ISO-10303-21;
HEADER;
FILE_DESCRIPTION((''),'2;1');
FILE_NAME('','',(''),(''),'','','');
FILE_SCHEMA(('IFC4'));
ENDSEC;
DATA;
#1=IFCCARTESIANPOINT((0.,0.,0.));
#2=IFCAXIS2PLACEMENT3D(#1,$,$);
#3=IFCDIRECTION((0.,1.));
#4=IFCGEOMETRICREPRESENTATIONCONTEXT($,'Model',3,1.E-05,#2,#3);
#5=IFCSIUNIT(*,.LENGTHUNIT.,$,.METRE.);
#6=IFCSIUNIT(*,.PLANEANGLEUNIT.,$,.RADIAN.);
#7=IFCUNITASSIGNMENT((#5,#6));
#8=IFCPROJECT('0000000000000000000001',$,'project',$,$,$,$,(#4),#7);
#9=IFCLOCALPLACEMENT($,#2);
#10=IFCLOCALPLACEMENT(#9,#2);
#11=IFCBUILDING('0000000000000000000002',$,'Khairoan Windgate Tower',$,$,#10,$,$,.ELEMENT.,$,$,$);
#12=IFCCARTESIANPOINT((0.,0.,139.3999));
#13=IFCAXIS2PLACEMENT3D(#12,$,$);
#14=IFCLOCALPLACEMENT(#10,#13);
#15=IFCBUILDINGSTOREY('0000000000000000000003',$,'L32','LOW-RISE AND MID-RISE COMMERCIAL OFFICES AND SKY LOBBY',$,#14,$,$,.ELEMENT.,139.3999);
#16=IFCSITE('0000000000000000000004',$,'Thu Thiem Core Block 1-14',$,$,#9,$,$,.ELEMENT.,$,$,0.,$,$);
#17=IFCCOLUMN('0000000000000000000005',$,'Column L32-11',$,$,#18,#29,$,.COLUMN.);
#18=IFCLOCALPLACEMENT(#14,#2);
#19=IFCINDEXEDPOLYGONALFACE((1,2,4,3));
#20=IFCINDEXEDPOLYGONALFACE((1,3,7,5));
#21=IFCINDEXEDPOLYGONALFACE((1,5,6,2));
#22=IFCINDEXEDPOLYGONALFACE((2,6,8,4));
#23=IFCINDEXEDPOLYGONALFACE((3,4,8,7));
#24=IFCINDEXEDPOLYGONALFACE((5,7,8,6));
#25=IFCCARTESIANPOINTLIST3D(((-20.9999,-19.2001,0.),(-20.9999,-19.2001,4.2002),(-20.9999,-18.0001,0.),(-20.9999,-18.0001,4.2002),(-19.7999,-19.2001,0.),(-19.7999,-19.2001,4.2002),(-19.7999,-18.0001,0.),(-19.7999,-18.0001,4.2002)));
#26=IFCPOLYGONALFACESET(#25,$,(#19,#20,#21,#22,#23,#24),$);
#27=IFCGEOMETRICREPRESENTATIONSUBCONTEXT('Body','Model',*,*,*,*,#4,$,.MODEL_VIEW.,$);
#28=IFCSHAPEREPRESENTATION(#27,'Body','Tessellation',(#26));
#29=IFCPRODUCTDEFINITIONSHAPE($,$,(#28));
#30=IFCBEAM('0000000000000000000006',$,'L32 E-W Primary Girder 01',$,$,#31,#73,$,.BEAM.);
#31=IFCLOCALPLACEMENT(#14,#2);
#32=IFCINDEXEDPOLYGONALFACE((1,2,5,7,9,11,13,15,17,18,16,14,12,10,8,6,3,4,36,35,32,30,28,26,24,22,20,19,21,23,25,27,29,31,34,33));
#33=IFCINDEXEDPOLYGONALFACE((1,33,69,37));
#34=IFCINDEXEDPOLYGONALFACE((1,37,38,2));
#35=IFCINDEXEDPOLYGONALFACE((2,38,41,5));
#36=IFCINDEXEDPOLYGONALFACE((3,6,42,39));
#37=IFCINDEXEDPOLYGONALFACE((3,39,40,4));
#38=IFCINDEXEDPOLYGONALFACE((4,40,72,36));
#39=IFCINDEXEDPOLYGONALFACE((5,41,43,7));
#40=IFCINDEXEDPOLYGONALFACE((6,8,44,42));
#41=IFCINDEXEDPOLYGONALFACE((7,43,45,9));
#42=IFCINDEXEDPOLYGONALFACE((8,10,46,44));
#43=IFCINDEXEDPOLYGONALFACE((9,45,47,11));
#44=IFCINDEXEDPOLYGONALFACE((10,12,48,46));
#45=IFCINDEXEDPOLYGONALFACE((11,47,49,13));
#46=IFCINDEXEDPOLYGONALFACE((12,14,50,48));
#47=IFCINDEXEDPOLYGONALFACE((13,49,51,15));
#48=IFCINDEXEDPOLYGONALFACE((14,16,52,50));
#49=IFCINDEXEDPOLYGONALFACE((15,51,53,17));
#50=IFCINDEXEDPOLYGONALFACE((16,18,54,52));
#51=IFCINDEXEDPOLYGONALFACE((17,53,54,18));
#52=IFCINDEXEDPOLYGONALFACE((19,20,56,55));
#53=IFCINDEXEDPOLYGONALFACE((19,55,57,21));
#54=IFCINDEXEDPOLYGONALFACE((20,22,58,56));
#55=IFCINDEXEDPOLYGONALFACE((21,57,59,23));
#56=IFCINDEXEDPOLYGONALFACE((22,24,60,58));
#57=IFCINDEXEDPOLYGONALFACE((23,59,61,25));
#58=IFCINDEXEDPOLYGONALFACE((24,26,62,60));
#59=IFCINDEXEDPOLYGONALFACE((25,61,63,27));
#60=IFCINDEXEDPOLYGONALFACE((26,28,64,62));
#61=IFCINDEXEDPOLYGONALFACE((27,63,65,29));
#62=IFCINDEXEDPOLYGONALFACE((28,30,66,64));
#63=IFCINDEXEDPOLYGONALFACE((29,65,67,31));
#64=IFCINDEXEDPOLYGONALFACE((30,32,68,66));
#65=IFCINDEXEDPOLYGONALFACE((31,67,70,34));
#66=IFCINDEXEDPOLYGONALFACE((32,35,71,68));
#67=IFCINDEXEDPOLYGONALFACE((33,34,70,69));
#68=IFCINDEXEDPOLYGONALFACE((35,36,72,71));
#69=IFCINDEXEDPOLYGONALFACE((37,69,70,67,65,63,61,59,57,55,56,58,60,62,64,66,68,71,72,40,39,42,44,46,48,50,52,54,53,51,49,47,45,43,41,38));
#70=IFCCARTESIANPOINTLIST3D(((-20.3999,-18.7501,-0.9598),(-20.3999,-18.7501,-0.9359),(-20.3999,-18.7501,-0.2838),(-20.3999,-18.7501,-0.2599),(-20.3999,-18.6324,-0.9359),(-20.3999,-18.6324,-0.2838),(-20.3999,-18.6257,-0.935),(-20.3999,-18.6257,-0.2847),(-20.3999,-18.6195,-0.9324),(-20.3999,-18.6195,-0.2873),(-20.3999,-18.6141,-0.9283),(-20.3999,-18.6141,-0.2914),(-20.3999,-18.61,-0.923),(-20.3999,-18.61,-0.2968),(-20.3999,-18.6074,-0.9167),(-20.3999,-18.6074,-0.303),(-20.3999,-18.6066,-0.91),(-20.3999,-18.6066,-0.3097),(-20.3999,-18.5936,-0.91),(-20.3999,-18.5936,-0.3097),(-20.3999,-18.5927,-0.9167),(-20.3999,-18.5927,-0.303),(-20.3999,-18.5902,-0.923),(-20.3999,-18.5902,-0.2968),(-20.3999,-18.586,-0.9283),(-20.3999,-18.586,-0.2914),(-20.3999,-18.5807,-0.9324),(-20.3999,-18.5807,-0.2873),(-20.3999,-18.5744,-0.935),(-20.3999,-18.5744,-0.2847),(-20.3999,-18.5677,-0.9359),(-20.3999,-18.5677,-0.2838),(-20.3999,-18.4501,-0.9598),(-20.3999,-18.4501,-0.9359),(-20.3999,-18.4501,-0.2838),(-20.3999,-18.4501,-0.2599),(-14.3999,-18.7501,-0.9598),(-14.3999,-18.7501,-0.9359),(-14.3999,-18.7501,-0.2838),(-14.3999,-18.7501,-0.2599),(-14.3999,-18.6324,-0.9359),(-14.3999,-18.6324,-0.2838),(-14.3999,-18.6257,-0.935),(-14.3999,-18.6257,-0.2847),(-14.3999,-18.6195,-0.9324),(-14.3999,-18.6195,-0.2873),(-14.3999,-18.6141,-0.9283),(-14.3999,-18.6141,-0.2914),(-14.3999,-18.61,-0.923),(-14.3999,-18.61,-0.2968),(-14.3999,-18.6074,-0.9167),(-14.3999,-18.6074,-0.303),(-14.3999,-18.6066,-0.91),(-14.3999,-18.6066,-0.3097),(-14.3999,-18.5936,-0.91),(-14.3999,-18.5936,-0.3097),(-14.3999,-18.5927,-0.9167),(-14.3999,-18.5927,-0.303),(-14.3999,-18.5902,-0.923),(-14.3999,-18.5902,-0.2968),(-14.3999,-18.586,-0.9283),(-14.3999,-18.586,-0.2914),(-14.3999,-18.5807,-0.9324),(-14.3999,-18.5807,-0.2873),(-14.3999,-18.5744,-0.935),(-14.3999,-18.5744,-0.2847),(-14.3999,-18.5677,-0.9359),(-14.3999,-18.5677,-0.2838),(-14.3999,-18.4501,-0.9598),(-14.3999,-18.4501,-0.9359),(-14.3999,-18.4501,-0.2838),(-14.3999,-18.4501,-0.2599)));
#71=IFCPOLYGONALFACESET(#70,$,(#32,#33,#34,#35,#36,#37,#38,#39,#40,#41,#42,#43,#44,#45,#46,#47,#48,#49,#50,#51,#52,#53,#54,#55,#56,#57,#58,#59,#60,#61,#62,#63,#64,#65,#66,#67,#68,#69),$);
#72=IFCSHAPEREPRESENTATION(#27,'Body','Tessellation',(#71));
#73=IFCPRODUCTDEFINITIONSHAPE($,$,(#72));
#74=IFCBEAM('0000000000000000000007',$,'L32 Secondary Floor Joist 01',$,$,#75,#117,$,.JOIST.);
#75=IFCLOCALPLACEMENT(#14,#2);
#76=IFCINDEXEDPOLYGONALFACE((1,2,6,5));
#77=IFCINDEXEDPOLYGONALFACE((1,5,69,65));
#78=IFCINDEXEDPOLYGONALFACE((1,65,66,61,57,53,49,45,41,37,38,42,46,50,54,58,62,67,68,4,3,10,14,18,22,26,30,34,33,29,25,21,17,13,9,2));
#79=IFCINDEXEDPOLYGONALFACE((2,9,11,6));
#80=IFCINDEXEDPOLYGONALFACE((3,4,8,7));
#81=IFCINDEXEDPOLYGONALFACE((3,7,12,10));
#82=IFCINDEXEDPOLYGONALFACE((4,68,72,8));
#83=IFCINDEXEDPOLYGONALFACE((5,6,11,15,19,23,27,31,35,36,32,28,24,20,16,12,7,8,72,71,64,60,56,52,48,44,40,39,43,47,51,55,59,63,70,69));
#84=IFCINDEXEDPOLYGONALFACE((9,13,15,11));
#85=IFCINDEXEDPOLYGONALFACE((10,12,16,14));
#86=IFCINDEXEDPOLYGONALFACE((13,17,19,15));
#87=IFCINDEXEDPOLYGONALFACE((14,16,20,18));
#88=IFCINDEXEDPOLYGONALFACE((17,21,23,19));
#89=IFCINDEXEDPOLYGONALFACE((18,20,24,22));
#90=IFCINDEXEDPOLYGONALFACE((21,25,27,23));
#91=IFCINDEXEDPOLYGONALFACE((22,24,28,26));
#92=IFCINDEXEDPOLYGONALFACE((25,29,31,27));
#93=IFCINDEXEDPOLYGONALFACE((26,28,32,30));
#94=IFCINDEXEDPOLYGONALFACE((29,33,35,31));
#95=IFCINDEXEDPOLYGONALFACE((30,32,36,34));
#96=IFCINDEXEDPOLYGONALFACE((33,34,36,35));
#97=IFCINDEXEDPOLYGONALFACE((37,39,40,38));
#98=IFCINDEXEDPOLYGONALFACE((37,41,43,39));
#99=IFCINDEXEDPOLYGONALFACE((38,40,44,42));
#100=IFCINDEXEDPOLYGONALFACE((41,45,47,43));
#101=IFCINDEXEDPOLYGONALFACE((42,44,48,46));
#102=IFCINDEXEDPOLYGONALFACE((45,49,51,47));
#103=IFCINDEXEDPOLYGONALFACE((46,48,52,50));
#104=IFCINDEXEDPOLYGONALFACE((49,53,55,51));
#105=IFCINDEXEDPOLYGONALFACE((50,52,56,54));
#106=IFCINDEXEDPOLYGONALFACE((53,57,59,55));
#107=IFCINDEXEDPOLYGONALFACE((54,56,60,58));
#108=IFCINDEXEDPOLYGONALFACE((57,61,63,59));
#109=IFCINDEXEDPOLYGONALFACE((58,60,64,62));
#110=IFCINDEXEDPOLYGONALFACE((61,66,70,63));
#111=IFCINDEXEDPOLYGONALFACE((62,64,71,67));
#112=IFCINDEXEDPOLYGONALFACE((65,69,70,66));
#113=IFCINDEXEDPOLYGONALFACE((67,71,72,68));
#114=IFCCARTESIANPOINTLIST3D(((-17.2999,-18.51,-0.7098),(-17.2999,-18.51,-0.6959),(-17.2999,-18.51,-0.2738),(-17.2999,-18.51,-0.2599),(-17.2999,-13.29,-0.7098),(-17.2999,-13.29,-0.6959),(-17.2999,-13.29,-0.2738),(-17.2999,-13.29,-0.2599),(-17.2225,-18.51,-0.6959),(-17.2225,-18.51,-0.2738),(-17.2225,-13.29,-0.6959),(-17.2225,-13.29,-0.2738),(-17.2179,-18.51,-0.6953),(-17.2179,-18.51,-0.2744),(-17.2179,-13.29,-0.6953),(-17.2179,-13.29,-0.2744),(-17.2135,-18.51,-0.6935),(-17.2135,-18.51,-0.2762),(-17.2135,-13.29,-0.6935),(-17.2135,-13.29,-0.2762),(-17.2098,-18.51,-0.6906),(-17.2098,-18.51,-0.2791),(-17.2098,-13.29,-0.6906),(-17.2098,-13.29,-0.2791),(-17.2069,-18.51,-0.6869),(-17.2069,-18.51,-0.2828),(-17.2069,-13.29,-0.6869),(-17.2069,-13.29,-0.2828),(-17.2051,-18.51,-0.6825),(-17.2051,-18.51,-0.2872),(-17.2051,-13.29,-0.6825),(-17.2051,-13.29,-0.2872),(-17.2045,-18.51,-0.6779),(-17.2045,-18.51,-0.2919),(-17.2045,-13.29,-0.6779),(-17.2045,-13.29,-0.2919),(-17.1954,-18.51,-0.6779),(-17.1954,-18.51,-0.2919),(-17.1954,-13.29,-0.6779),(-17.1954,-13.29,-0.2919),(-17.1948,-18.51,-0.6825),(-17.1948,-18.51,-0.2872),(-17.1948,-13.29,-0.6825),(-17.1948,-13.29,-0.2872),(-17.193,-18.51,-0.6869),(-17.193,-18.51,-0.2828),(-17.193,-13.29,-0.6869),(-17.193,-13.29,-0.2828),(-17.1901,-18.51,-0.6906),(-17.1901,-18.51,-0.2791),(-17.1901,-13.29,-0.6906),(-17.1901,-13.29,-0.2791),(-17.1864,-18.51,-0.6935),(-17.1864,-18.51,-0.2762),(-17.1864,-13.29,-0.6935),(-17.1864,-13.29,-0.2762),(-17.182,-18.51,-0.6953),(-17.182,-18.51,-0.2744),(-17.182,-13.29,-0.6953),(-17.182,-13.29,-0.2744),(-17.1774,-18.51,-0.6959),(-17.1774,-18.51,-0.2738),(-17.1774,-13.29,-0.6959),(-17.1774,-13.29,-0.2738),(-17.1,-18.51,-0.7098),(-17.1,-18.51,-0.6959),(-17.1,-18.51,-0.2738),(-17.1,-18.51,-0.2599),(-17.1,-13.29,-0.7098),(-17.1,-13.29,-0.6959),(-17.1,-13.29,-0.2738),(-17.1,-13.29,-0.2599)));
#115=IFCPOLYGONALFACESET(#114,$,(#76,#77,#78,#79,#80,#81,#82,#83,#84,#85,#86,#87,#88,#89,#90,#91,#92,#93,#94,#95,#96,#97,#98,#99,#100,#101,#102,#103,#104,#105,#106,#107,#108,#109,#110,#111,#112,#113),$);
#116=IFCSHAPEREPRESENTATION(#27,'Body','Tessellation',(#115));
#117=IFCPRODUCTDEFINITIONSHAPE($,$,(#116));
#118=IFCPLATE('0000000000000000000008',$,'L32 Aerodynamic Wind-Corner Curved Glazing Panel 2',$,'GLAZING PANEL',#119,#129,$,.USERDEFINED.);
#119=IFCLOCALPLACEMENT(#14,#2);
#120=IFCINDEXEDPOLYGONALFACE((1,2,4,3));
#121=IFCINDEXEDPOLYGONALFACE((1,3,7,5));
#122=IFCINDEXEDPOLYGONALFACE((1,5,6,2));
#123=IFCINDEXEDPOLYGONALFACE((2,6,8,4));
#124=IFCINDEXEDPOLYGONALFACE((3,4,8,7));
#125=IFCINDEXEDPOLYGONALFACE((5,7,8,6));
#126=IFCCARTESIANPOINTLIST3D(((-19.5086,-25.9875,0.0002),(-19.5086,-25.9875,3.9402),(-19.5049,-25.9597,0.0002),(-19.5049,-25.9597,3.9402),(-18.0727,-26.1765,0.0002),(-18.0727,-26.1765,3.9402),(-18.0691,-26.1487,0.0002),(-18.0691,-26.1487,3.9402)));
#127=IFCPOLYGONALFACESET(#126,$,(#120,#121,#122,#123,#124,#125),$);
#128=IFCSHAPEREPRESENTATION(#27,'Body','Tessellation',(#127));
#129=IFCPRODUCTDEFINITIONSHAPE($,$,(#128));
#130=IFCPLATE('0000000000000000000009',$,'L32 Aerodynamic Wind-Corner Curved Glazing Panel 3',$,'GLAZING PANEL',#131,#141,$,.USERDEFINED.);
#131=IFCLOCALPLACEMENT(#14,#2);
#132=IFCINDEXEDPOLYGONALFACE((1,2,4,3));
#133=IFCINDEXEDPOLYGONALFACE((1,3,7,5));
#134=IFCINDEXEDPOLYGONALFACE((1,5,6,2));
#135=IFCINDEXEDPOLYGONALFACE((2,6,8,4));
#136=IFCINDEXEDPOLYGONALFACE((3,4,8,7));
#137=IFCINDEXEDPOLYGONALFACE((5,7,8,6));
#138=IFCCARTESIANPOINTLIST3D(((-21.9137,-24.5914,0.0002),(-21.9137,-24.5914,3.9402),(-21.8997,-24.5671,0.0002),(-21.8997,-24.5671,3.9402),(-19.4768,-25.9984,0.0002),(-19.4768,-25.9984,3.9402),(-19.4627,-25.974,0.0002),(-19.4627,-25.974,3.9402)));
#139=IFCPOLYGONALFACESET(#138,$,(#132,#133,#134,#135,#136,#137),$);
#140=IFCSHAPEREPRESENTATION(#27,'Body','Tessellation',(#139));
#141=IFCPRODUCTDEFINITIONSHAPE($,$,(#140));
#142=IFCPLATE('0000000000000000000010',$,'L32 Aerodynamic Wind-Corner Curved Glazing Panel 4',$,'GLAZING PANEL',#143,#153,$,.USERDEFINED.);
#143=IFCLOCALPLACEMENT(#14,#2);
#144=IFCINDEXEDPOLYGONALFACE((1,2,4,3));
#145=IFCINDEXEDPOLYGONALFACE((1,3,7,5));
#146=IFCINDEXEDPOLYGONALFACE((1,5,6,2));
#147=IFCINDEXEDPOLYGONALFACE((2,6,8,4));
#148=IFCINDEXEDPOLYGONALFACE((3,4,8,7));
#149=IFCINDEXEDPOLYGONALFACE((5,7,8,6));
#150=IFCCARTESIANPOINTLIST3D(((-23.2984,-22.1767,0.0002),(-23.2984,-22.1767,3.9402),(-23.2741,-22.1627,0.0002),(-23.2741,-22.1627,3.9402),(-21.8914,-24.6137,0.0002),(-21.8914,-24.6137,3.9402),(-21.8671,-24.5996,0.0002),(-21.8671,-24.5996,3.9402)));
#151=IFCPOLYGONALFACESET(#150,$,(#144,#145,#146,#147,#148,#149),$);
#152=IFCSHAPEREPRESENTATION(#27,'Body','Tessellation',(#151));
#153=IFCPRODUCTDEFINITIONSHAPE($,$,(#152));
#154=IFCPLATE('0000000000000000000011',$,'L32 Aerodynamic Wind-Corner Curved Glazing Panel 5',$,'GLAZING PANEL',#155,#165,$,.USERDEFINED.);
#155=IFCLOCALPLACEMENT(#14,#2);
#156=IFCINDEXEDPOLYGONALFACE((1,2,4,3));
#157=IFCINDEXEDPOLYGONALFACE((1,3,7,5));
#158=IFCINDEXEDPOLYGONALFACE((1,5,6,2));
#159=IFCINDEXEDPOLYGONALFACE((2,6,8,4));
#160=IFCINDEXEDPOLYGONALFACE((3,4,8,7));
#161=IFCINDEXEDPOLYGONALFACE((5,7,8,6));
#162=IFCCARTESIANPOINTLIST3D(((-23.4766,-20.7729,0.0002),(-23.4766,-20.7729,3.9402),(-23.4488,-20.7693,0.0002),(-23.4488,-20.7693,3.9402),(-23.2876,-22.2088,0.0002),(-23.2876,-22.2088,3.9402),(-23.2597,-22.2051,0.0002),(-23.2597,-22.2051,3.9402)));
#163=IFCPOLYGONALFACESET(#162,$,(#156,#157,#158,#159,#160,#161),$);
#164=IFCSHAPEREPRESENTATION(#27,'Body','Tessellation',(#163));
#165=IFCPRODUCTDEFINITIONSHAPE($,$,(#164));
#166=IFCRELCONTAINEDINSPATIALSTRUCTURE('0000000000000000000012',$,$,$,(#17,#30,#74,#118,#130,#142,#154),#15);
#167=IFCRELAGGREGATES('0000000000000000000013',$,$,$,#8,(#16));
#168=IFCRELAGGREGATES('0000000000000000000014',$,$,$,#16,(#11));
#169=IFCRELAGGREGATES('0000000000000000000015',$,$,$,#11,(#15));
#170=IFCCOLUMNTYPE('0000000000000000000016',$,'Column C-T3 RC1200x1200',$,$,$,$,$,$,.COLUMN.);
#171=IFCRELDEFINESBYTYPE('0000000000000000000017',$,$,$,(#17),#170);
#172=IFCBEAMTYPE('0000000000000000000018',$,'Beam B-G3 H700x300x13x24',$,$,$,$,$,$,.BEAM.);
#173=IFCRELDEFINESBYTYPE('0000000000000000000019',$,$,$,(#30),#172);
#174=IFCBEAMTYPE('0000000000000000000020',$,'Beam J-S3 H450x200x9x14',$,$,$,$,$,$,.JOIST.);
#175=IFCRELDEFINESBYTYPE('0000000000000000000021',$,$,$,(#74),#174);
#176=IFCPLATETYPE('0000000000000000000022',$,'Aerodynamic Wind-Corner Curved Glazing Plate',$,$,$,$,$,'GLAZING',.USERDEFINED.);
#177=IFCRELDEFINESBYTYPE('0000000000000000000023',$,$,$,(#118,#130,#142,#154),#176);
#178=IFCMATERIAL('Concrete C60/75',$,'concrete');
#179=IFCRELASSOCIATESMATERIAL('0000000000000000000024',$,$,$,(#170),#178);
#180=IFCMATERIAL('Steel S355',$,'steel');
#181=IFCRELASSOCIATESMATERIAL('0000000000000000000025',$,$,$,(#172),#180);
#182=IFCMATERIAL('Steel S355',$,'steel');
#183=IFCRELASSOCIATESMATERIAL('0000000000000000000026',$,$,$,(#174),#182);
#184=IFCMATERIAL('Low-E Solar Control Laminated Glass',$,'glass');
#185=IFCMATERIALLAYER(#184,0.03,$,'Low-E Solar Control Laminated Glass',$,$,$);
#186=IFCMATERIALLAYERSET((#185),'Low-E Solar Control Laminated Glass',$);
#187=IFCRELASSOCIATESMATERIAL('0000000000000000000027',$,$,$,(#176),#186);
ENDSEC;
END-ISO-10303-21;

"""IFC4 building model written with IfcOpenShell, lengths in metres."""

from ifc_helpers import new_model, si_unit, direction, frame, origin, origin_2d, place, context, subcontext, project, spatial, rectangle, i_section, extrude, material, layer, layer_set, material_profile, profile_set, type_object, element, save


model = new_model("IFC4")

# Units and contexts
model_context = context("Model", 3, precision=1e-05, world=origin(), true_north=direction((0.0, 1.0)))
body_context = subcontext(model_context, "Body", "Model", "MODEL_VIEW")
ifc_project = project(units=[si_unit("LENGTHUNIT", "METRE"), si_unit("PLANEANGLEUNIT", "RADIAN")], contexts=[model_context])

# Site, building, storey
site_placement = place(None, origin())
site = spatial("IfcSite", under=ifc_project, at=site_placement, Name="Thu Thiem Core Block 1-14", CompositionType="ELEMENT", RefElevation=0.0)
building_placement = place(site_placement, origin())
building = spatial("IfcBuilding", under=site, at=building_placement, Name="Khairoan Windgate Tower", CompositionType="ELEMENT")
storey_placement = place(building_placement, frame((0.0, 0.0, 139.3999)))
storey = spatial("IfcBuildingStorey", under=building, at=storey_placement, Name="L32", Description="LOW-RISE AND MID-RISE COMMERCIAL OFFICES AND SKY LOBBY", CompositionType="ELEMENT", Elevation=139.3999)

# Column
ifc_material_1 = material(Name="Concrete C60/75", Category="concrete")
ifc_material_profile_1 = material_profile(ifc_material_1, rectangle(XDim=1.2, YDim=1.2, at=origin_2d()))
ifc_profile_set_1 = profile_set([ifc_material_profile_1], Name="Concrete C60/75")
column_type = type_object("IfcColumnType", Name="Column C-T3 RC1200x1200", PredefinedType="COLUMN", material=ifc_profile_set_1)
column_placement = place(storey_placement, frame((-20.3999, -18.6001, 0.0), z_axis=(0.0, 0.0, 1.0), x_axis=(1.0, 0.0, 0.0)))
element("IfcColumn", 1, at=column_placement, inside=storey, type_object=column_type, Name="Column L32-11", PredefinedType="COLUMN", context=body_context, shape_type="SweptSolid", body=[
    extrude(rectangle(XDim=1.2, YDim=1.2, at=origin_2d()), origin(), (0.0, 0.0, 1.0), 4.2002),
])

# Beams
ifc_material_2 = material(Name="Steel S355", Category="steel")
ifc_material_profile_2 = material_profile(ifc_material_2, i_section(OverallWidth=0.3, OverallDepth=0.7, WebThickness=0.0129, FlangeThickness=0.0239, FilletRadius=0.0259, at=origin_2d()))
ifc_profile_set_2 = profile_set([ifc_material_profile_2], Name="Steel S355")
beam_type_1 = type_object("IfcBeamType", Name="Beam B-G3 H700x300x13x24", PredefinedType="BEAM", material=ifc_profile_set_2)
beam_1_placement = place(storey_placement, frame((-20.3999, -18.6001, -0.6099), z_axis=(1.0, 0.0, 0.0), x_axis=(0.0, 1.0, 0.0)))
element("IfcBeam", 2, at=beam_1_placement, inside=storey, type_object=beam_type_1, Name="L32 E-W Primary Girder 01", PredefinedType="BEAM", context=body_context, shape_type="SweptSolid", body=[
    extrude(i_section(OverallWidth=0.3, OverallDepth=0.7, WebThickness=0.0129, FlangeThickness=0.0239, FilletRadius=0.0259, at=origin_2d()), origin(), (0.0, 0.0, 1.0), 6.0),
])
ifc_material_3 = material(Name="Steel S355", Category="steel")
ifc_material_profile_3 = material_profile(ifc_material_3, i_section(OverallWidth=0.2, OverallDepth=0.45, WebThickness=0.009, FlangeThickness=0.0139, FilletRadius=0.0181, at=origin_2d()))
ifc_profile_set_3 = profile_set([ifc_material_profile_3], Name="Steel S355")
beam_type_2 = type_object("IfcBeamType", Name="Beam J-S3 H450x200x9x14", PredefinedType="JOIST", material=ifc_profile_set_3)
beam_2_placement = place(storey_placement, frame((-17.2, -18.51, -0.4849), z_axis=(0.0, 1.0, 0.0), x_axis=(-1.0, 0.0, 0.0)))
element("IfcBeam", 3, at=beam_2_placement, inside=storey, type_object=beam_type_2, Name="L32 Secondary Floor Joist 01", PredefinedType="JOIST", context=body_context, shape_type="SweptSolid", body=[
    extrude(i_section(OverallWidth=0.2, OverallDepth=0.45, WebThickness=0.009, FlangeThickness=0.0139, FilletRadius=0.0181, at=origin_2d()), origin(), (0.0, 0.0, 1.0), 5.22),
])

# Plates
ifc_material_4 = material(Name="Low-E Solar Control Laminated Glass", Category="glass")
ifc_layer_1 = layer(ifc_material_4, 0.03, Name="Low-E Solar Control Laminated Glass")
ifc_layer_set_1 = layer_set([ifc_layer_1], Name="Low-E Solar Control Laminated Glass")
plate_type_1 = type_object("IfcPlateType", Name="Aerodynamic Wind-Corner Curved Glazing Plate", ElementType="GLAZING", PredefinedType="USERDEFINED", material=ifc_layer_set_1)
plate_1_placement = place(storey_placement, frame((-18.7888, -26.0681, 0.0002), z_axis=(0.0, 0.0, 1.0), x_axis=(-0.991445, 0.130526, 0.0)))
element("IfcPlate", 4, at=plate_1_placement, inside=storey, type_object=plate_type_1, Name="L32 Aerodynamic Wind-Corner Curved Glazing Panel 2", ObjectType="GLAZING PANEL", PredefinedType="USERDEFINED", context=body_context, shape_type="SweptSolid", body=[
    extrude(rectangle(XDim=1.4482, YDim=0.0281, at=origin_2d()), origin(), (0.0, 0.0, 1.0), 3.9399),
])
for number, where, z_axis, x_axis, name in (
    (5, (-20.6882, -25.2827, 0.0002), (0.0, 0.0, 1.0), (-0.866025, 0.5, 0.0), "L32 Aerodynamic Wind-Corner Curved Glazing Panel 3"),
    (6, (-22.5828, -23.3882, 0.0002), (0.0, 0.0, 1.0), (-0.5, 0.866025, 0.0), "L32 Aerodynamic Wind-Corner Curved Glazing Panel 4"),
):
    element("IfcPlate", number, at=place(storey_placement, frame(where, z_axis=z_axis, x_axis=x_axis)), inside=storey, type_object=plate_type_1, Name=name, ObjectType="GLAZING PANEL", PredefinedType="USERDEFINED", context=body_context, shape_type="SweptSolid", body=[
        extrude(rectangle(XDim=2.814, YDim=0.0281, at=origin_2d()), origin(), (0.0, 0.0, 1.0), 3.9399),
    ])
plate_2_placement = place(storey_placement, frame((-23.3682, -21.489, 0.0002), z_axis=(0.0, 0.0, 1.0), x_axis=(-0.130526, 0.991445, 0.0)))
element("IfcPlate", 7, at=plate_2_placement, inside=storey, type_object=plate_type_1, Name="L32 Aerodynamic Wind-Corner Curved Glazing Panel 5", ObjectType="GLAZING PANEL", PredefinedType="USERDEFINED", context=body_context, shape_type="SweptSolid", body=[
    extrude(rectangle(XDim=1.4482, YDim=0.0281, at=origin_2d()), origin(), (0.0, 0.0, 1.0), 3.9399),
])

save(model, "model.ifc")
